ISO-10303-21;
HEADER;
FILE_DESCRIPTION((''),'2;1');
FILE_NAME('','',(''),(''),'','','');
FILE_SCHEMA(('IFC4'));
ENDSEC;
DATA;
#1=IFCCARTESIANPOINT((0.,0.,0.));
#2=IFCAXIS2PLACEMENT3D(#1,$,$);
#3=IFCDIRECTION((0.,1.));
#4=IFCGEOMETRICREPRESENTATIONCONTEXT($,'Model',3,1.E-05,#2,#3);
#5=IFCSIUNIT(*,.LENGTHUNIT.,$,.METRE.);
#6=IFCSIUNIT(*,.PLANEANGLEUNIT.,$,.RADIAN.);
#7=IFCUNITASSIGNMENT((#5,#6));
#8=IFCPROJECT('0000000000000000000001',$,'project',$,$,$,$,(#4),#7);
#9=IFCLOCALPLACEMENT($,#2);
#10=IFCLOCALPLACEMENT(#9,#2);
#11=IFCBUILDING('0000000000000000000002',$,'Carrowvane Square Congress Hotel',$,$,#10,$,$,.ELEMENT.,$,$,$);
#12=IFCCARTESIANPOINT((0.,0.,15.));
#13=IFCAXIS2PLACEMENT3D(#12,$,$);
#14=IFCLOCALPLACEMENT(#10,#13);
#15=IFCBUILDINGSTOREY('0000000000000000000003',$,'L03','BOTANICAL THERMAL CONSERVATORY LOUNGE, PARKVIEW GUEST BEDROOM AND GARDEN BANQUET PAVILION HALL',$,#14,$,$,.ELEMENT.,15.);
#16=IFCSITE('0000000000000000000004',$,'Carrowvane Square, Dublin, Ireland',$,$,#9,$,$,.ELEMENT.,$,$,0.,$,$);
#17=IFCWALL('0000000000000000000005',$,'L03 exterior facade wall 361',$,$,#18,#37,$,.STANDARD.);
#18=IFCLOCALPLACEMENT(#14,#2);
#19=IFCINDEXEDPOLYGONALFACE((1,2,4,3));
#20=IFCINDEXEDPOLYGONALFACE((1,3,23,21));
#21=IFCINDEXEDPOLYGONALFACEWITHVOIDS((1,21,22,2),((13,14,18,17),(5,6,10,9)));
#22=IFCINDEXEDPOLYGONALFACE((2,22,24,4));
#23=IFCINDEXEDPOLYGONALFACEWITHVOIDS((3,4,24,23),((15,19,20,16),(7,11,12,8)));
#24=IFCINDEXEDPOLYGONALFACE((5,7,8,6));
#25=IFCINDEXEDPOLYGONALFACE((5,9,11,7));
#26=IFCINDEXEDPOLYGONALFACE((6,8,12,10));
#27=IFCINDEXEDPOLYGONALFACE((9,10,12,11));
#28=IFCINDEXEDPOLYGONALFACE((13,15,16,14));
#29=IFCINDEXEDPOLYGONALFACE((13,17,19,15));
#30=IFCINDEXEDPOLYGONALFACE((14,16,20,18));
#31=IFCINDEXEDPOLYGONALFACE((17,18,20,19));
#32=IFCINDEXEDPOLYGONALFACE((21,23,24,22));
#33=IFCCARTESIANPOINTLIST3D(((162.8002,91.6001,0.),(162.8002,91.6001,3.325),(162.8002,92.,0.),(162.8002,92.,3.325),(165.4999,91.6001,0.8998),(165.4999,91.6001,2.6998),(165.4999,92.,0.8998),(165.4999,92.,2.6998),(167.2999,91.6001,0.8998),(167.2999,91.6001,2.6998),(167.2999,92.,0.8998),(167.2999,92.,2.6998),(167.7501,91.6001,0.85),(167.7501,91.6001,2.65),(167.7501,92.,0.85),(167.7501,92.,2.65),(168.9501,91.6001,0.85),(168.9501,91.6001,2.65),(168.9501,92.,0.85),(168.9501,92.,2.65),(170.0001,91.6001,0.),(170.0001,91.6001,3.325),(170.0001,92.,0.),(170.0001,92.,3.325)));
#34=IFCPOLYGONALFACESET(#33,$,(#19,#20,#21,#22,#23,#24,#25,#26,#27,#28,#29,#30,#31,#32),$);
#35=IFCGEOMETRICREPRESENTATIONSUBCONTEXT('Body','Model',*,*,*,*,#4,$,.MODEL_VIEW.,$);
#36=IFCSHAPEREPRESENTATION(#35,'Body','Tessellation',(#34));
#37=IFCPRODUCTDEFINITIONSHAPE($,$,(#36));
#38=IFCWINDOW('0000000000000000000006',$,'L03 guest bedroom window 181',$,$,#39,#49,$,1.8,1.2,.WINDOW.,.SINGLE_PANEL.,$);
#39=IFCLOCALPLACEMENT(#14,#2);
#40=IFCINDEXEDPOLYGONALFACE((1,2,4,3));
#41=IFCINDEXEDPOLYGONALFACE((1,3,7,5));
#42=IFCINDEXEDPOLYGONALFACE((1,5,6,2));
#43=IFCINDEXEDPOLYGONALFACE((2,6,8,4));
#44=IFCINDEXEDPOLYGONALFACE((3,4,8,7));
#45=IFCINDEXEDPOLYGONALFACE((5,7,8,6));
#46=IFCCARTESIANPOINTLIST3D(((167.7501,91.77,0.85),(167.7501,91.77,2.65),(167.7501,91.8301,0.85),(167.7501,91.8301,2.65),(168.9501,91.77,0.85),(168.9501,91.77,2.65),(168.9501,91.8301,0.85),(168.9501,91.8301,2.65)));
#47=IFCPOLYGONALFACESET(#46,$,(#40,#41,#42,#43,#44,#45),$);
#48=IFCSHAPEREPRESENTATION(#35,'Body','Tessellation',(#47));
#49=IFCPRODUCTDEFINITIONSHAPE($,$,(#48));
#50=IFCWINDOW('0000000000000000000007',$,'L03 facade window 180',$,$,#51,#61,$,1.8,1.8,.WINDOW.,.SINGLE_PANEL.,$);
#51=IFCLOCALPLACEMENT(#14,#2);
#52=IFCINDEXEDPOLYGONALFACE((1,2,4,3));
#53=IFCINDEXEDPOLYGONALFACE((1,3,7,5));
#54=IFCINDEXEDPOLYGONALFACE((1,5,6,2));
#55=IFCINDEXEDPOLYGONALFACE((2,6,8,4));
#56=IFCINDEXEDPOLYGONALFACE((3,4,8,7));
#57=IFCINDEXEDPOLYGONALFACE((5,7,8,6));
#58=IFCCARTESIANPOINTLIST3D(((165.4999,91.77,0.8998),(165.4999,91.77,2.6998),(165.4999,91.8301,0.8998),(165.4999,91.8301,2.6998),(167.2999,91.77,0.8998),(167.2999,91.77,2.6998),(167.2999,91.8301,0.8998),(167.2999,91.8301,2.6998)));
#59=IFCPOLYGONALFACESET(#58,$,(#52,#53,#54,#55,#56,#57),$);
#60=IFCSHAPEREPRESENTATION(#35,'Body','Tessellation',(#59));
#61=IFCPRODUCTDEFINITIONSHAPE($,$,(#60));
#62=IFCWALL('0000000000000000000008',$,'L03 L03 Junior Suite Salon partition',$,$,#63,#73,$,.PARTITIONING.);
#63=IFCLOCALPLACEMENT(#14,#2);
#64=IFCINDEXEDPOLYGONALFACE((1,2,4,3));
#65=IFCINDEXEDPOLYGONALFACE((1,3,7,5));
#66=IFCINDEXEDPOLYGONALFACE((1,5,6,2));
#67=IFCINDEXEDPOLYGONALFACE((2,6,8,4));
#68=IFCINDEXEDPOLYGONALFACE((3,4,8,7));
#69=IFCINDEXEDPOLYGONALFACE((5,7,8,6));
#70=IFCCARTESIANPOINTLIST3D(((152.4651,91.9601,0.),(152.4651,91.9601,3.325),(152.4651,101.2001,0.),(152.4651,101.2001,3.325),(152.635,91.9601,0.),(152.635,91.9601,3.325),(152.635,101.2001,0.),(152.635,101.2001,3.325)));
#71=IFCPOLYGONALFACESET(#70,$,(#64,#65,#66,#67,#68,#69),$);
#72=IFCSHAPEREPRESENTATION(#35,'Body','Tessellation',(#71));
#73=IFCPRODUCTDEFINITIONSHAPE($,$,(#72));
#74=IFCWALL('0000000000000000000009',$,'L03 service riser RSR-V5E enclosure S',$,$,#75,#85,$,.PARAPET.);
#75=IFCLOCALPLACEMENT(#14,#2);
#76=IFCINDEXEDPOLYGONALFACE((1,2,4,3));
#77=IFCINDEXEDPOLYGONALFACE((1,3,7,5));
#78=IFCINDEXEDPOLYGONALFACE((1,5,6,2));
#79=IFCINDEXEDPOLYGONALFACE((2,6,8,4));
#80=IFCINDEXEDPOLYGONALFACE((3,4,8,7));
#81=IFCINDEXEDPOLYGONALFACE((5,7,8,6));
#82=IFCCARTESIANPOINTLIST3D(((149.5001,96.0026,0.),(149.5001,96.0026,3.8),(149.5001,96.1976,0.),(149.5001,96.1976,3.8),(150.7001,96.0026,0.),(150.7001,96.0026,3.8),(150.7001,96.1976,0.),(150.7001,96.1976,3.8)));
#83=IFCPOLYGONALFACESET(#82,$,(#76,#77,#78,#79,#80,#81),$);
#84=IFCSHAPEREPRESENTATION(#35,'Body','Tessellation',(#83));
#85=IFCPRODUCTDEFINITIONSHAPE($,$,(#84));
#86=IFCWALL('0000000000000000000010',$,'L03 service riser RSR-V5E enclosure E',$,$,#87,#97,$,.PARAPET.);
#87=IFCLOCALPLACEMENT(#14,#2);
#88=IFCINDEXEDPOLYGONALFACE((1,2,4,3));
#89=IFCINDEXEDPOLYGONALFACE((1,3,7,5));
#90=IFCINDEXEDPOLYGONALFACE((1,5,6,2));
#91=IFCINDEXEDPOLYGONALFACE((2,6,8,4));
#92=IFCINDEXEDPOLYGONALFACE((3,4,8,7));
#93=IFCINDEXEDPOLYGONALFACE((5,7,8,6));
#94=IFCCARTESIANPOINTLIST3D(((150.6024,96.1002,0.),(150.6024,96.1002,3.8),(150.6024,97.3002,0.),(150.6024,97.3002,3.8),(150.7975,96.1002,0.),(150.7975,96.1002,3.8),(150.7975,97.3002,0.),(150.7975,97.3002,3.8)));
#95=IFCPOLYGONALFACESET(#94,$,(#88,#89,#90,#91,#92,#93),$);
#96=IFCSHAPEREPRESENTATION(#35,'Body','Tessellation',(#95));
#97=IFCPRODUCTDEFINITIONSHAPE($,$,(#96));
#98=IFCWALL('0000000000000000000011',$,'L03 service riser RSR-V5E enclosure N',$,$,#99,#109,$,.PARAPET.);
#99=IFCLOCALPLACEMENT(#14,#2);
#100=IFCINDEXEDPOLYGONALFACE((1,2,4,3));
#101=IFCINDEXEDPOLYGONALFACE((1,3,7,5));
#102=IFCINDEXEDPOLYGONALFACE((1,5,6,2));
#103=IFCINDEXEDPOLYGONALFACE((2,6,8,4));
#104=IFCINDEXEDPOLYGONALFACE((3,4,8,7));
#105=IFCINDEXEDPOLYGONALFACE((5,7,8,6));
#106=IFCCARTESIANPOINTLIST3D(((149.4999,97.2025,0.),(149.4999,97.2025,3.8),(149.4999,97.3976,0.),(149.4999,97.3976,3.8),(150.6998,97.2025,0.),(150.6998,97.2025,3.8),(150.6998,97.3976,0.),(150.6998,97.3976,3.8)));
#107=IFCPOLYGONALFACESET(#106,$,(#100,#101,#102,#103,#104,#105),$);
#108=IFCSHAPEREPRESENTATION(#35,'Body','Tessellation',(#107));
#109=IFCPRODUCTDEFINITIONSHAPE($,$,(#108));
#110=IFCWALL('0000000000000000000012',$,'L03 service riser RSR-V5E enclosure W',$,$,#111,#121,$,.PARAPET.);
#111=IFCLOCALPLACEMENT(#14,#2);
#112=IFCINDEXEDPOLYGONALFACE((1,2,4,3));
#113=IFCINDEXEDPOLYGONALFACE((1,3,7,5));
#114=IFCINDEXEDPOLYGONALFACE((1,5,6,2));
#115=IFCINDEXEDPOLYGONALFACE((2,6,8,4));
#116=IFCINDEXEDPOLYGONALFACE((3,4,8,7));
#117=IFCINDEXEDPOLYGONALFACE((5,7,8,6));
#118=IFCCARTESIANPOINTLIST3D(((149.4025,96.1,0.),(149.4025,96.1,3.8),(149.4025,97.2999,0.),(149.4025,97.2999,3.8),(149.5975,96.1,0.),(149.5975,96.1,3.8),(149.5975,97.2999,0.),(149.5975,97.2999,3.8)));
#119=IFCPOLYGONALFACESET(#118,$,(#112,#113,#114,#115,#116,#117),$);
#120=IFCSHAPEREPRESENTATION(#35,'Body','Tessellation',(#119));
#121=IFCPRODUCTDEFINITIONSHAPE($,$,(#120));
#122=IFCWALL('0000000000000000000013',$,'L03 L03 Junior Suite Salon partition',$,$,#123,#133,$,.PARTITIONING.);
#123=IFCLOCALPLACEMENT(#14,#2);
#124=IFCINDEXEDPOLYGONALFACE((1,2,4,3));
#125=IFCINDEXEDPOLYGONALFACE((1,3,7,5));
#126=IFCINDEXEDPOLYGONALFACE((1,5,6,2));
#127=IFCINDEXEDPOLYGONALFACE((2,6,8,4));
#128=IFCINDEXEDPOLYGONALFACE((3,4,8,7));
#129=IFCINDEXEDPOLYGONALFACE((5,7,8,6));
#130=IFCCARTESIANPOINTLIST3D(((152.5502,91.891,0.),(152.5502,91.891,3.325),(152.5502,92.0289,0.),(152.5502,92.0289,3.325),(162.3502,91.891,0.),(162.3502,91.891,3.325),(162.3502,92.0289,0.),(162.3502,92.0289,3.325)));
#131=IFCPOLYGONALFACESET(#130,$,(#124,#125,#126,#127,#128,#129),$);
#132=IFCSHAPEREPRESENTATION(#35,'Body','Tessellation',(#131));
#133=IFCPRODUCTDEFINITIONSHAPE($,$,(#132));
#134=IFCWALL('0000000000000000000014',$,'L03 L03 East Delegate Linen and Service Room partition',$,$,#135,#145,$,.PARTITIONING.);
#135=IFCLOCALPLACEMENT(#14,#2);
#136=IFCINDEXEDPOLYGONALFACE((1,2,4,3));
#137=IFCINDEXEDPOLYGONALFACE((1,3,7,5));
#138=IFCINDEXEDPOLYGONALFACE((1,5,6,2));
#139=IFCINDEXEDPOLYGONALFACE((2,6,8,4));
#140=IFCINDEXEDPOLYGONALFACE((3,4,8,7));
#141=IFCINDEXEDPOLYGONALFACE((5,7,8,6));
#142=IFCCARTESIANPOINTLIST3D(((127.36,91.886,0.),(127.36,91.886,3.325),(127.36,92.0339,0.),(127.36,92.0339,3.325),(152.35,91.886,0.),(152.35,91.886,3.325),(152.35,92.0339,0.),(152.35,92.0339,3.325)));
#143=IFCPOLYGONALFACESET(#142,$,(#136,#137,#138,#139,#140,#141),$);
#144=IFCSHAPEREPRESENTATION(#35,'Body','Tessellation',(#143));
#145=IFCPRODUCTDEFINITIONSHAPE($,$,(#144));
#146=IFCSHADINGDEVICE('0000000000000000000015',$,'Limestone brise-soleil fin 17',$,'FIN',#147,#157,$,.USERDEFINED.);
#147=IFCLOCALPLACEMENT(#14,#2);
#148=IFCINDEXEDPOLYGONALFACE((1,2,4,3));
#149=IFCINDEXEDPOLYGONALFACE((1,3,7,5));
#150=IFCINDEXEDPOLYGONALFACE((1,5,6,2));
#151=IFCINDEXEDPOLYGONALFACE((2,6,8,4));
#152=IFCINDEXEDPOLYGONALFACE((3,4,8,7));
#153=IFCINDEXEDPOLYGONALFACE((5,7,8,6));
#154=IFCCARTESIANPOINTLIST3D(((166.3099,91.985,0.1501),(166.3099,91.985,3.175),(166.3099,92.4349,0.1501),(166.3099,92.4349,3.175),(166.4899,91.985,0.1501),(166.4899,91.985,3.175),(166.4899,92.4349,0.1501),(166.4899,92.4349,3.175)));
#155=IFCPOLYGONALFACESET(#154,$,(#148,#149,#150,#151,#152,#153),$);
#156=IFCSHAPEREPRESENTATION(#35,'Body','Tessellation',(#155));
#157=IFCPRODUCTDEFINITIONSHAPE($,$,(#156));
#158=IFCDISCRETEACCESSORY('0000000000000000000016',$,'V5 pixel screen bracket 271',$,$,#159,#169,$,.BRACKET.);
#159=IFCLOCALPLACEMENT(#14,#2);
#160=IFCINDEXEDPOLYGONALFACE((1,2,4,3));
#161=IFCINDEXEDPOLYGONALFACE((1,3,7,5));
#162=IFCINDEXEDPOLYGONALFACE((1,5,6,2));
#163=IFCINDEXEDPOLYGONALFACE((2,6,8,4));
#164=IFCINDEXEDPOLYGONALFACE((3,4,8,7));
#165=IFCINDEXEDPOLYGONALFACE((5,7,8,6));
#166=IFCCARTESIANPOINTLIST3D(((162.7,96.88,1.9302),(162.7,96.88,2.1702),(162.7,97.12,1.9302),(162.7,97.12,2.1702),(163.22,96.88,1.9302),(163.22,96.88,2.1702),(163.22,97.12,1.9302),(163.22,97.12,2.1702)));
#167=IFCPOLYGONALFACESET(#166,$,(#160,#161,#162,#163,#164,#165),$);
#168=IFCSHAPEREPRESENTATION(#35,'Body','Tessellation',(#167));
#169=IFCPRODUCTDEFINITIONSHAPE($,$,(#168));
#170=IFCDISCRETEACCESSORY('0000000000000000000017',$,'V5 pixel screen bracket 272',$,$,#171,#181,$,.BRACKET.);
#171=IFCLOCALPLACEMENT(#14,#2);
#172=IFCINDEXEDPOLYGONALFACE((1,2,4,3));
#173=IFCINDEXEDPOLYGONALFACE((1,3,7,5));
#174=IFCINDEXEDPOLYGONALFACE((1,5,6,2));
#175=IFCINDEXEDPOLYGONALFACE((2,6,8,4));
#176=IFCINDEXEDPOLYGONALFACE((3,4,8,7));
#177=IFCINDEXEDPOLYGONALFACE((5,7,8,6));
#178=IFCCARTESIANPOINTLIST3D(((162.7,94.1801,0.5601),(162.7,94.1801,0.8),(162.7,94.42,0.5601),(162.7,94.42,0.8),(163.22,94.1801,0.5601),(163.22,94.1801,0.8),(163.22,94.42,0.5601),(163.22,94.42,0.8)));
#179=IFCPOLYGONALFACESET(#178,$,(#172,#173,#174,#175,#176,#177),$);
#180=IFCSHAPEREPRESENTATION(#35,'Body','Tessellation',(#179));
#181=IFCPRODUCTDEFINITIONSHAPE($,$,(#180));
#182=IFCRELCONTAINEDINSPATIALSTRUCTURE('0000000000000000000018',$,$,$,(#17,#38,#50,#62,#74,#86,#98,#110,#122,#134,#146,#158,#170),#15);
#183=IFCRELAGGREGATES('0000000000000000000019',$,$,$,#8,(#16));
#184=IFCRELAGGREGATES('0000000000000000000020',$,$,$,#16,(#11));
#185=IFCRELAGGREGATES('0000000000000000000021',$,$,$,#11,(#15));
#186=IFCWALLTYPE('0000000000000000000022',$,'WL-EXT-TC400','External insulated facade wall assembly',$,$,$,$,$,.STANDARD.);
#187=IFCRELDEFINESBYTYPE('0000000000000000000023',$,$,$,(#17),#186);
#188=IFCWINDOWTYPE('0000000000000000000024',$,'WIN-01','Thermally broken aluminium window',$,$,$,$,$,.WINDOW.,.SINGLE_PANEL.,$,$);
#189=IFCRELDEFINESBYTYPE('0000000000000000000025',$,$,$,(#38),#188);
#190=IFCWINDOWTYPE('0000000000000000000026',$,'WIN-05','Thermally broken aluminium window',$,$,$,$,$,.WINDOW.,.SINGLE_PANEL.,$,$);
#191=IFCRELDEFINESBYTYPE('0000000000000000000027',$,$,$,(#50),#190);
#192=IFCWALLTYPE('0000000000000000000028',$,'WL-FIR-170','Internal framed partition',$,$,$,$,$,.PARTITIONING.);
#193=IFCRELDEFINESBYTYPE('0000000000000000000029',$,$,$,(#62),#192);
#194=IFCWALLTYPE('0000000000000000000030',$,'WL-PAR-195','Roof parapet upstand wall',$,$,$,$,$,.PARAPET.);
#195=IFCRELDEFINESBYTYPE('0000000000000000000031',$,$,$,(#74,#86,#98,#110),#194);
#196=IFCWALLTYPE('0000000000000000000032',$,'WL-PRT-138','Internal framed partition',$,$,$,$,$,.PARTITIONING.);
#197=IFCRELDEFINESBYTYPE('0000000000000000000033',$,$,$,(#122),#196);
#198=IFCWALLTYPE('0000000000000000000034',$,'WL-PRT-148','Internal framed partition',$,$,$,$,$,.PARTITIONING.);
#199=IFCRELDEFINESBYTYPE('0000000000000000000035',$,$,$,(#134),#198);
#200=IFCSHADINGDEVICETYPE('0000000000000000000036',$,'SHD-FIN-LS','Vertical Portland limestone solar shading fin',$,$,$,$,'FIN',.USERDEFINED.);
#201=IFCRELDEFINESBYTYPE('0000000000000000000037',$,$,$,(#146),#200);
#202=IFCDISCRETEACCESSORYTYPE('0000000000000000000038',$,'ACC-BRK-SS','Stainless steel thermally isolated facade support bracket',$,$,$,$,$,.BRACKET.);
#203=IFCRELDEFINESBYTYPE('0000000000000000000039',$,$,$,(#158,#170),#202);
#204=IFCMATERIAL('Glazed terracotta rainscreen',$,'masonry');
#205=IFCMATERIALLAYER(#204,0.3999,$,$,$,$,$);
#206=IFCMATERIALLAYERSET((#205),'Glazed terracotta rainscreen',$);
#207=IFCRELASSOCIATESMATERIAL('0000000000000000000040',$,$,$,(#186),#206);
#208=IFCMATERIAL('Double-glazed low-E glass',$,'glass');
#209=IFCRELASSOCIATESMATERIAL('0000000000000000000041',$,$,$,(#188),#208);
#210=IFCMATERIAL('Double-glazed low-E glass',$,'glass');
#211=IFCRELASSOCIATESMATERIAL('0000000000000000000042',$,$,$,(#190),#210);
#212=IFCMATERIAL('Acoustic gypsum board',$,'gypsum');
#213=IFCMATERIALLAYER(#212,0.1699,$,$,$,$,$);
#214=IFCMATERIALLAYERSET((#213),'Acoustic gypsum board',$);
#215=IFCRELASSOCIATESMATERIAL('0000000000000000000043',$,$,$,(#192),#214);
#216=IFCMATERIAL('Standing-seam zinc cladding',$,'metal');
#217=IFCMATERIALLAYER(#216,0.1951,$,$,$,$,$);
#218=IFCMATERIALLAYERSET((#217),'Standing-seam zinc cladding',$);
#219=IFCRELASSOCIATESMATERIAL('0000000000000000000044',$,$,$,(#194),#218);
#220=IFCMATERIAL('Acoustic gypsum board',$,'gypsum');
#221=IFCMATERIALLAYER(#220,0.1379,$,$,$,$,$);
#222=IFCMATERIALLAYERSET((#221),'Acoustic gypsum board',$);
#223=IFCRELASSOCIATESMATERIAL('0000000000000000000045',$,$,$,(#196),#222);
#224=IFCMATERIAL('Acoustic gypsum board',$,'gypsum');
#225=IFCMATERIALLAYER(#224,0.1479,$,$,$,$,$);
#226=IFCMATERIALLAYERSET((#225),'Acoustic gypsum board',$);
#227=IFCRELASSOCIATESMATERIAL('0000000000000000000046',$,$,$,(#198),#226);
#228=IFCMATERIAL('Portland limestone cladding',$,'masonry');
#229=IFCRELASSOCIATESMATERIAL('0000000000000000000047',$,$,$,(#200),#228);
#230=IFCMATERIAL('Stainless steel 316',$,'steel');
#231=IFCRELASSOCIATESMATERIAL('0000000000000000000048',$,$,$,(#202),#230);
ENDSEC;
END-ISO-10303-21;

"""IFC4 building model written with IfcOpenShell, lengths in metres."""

from ifc_helpers import new_model, si_unit, direction, frame, frame_2d, origin, origin_2d, place, context, subcontext, project, spatial, rectangle, extrude, material, layer, layer_set, type_object, element, fill, save


model = new_model("IFC4")

# Units and contexts
model_context = context("Model", 3, precision=1e-05, world=origin(), true_north=direction((0.0, 1.0)))
body_context = subcontext(model_context, "Body", "Model", "MODEL_VIEW")
ifc_project = project(units=[si_unit("LENGTHUNIT", "METRE"), si_unit("PLANEANGLEUNIT", "RADIAN")], contexts=[model_context])

# Site, building, storey
site_placement = place(None, origin())
site = spatial("IfcSite", under=ifc_project, at=site_placement, Name="Carrowvane Square, Dublin, Ireland", CompositionType="ELEMENT", RefElevation=0.0)
building_placement = place(site_placement, origin())
building = spatial("IfcBuilding", under=site, at=building_placement, Name="Carrowvane Square Congress Hotel", CompositionType="ELEMENT")
storey_placement = place(building_placement, frame((0.0, 0.0, 15.0)))
storey = spatial("IfcBuildingStorey", under=building, at=storey_placement, Name="L03", Description="BOTANICAL THERMAL CONSERVATORY LOUNGE, PARKVIEW GUEST BEDROOM AND GARDEN BANQUET PAVILION HALL", CompositionType="ELEMENT", Elevation=15.0)

# Wall, openings, windows
ifc_material_1 = material(Name="Glazed terracotta rainscreen", Category="masonry")
ifc_layer_1 = layer(ifc_material_1, 0.3999)
ifc_layer_set_1 = layer_set([ifc_layer_1], Name="Glazed terracotta rainscreen")
wall_type_1 = type_object("IfcWallType", Name="WL-EXT-TC400", Description="External insulated facade wall assembly", PredefinedType="STANDARD", material=ifc_layer_set_1)
wall_1_placement = place(storey_placement, frame((162.8, 91.8, 0.0), z_axis=(0.0, 0.0, 1.0), x_axis=(1.0, 0.0, 0.0)))
wall_1 = element("IfcWall", 1, at=wall_1_placement, inside=storey, type_object=wall_type_1, Name="L03 exterior facade wall 361", PredefinedType="STANDARD", context=body_context, shape_type="SweptSolid", body=[
    extrude(rectangle(XDim=7.2, YDim=0.3999, at=frame_2d((3.6001, 0.0))), origin(), (0.0, 0.0, 1.0), 3.325),
])
opening_1_placement = place(wall_1_placement, frame((2.7, 0.0, 0.8999)))
opening_1 = element("IfcOpeningElement", 2, at=opening_1_placement, cuts=wall_1, PredefinedType="OPENING", context=body_context, shape_type="SweptSolid", body=[
    extrude(rectangle(XDim=1.8, YDim=1.8, at=frame_2d((0.8999, 0.8999))), frame((0.0, 0.21, 0.0), z_axis=(0.0, -1.0, 0.0), x_axis=(1.0, 0.0, 0.0)), (0.0, 0.0, 1.0), 0.4199),
])
opening_2_placement = place(wall_1_placement, frame((4.95, 0.0, 0.8501)))
opening_2 = element("IfcOpeningElement", 3, at=opening_2_placement, cuts=wall_1, PredefinedType="OPENING", context=body_context, shape_type="SweptSolid", body=[
    extrude(rectangle(XDim=1.2, YDim=1.8, at=frame_2d((0.6001, 0.8999))), frame((0.0, 0.21, 0.0), z_axis=(0.0, -1.0, 0.0), x_axis=(1.0, 0.0, 0.0)), (0.0, 0.0, 1.0), 0.4199),
])
ifc_material_2 = material(Name="Double-glazed low-E glass", Category="glass")
window_type_1 = type_object("IfcWindowType", Name="WIN-01", Description="Thermally broken aluminium window", PartitioningType="SINGLE_PANEL", PredefinedType="WINDOW", material=ifc_material_2)
window_1_placement = place(opening_2_placement, origin())
window_1 = element("IfcWindow", 4, at=window_1_placement, inside=storey, type_object=window_type_1, Name="L03 guest bedroom window 181", OverallHeight=1.8, OverallWidth=1.2, PartitioningType="SINGLE_PANEL", PredefinedType="WINDOW", context=body_context, shape_type="SweptSolid", body=[
    extrude(rectangle(XDim=1.2, YDim=1.8, at=frame_2d((0.6001, 0.8999))), frame((0.0, 0.03, 0.0), z_axis=(0.0, -1.0, 0.0), x_axis=(1.0, 0.0, 0.0)), (0.0, 0.0, 1.0), 0.0601),
])
fill(opening_2, window_1)
ifc_material_3 = material(Name="Double-glazed low-E glass", Category="glass")
window_type_2 = type_object("IfcWindowType", Name="WIN-05", Description="Thermally broken aluminium window", PartitioningType="SINGLE_PANEL", PredefinedType="WINDOW", material=ifc_material_3)
window_2_placement = place(opening_1_placement, origin())
window_2 = element("IfcWindow", 5, at=window_2_placement, inside=storey, type_object=window_type_2, Name="L03 facade window 180", OverallHeight=1.8, OverallWidth=1.8, PartitioningType="SINGLE_PANEL", PredefinedType="WINDOW", context=body_context, shape_type="SweptSolid", body=[
    extrude(rectangle(XDim=1.8, YDim=1.8, at=frame_2d((0.8999, 0.8999))), frame((0.0, 0.03, 0.0), z_axis=(0.0, -1.0, 0.0), x_axis=(1.0, 0.0, 0.0)), (0.0, 0.0, 1.0), 0.0601),
])
fill(opening_1, window_2)

# Walls
ifc_material_4 = material(Name="Acoustic gypsum board", Category="gypsum")
ifc_layer_2 = layer(ifc_material_4, 0.1699)
ifc_layer_set_2 = layer_set([ifc_layer_2], Name="Acoustic gypsum board")
wall_type_2 = type_object("IfcWallType", Name="WL-FIR-170", Description="Internal framed partition", PredefinedType="PARTITIONING", material=ifc_layer_set_2)
wall_2_placement = place(storey_placement, frame((152.55, 91.96, 0.0), z_axis=(0.0, 0.0, 1.0), x_axis=(0.0, 1.0, 0.0)))
element("IfcWall", 6, at=wall_2_placement, inside=storey, type_object=wall_type_2, Name="L03 L03 Junior Suite Salon partition", PredefinedType="PARTITIONING", context=body_context, shape_type="SweptSolid", body=[
    extrude(rectangle(XDim=9.24, YDim=0.1699, at=frame_2d((4.6201, 0.0))), origin(), (0.0, 0.0, 1.0), 3.325),
])
ifc_material_5 = material(Name="Standing-seam zinc cladding", Category="metal")
ifc_layer_3 = layer(ifc_material_5, 0.1951)
ifc_layer_set_3 = layer_set([ifc_layer_3], Name="Standing-seam zinc cladding")
wall_type_3 = type_object("IfcWallType", Name="WL-PAR-195", Description="Roof parapet upstand wall", PredefinedType="PARAPET", material=ifc_layer_set_3)
for number, where, z_axis, x_axis, name in (
    (7, (149.5, 96.1001, 0.0), (0.0, 0.0, 1.0), (1.0, 0.0, 0.0), "L03 service riser RSR-V5E enclosure S"),
    (8, (150.7, 96.1001, 0.0), (0.0, 0.0, 1.0), (0.0, 1.0, 0.0), "L03 service riser RSR-V5E enclosure E"),
    (9, (150.7, 97.3, 0.0), (0.0, 0.0, 1.0), (-1.0, 0.0, 0.0), "L03 service riser RSR-V5E enclosure N"),
    (10, (149.5, 97.3, 0.0), (0.0, 0.0, 1.0), (0.0, -1.0, 0.0), "L03 service riser RSR-V5E enclosure W"),
):
    element("IfcWall", number, at=place(storey_placement, frame(where, z_axis=z_axis, x_axis=x_axis)), inside=storey, type_object=wall_type_3, Name=name, PredefinedType="PARAPET", context=body_context, shape_type="SweptSolid", body=[
        extrude(rectangle(XDim=1.2, YDim=0.1951, at=frame_2d((0.6001, 0.0))), origin(), (0.0, 0.0, 1.0), 3.8),
    ])
ifc_material_6 = material(Name="Acoustic gypsum board", Category="gypsum")
ifc_layer_4 = layer(ifc_material_6, 0.1379)
ifc_layer_set_4 = layer_set([ifc_layer_4], Name="Acoustic gypsum board")
wall_type_4 = type_object("IfcWallType", Name="WL-PRT-138", Description="Internal framed partition", PredefinedType="PARTITIONING", material=ifc_layer_set_4)
wall_3_placement = place(storey_placement, frame((162.3501, 91.96, 0.0), z_axis=(0.0, 0.0, 1.0), x_axis=(-1.0, 0.0, 0.0)))
element("IfcWall", 11, at=wall_3_placement, inside=storey, type_object=wall_type_4, Name="L03 L03 Junior Suite Salon partition", PredefinedType="PARTITIONING", context=body_context, shape_type="SweptSolid", body=[
    extrude(rectangle(XDim=9.8, YDim=0.1379, at=frame_2d((4.8999, 0.0))), origin(), (0.0, 0.0, 1.0), 3.325),
])
ifc_material_7 = material(Name="Acoustic gypsum board", Category="gypsum")
ifc_layer_5 = layer(ifc_material_7, 0.1479)
ifc_layer_set_5 = layer_set([ifc_layer_5], Name="Acoustic gypsum board")
wall_type_5 = type_object("IfcWallType", Name="WL-PRT-148", Description="Internal framed partition", PredefinedType="PARTITIONING", material=ifc_layer_set_5)
wall_4_placement = place(storey_placement, frame((152.3501, 91.96, 0.0), z_axis=(0.0, 0.0, 1.0), x_axis=(-1.0, 0.0, 0.0)))
element("IfcWall", 12, at=wall_4_placement, inside=storey, type_object=wall_type_5, Name="L03 L03 East Delegate Linen and Service Room partition", PredefinedType="PARTITIONING", context=body_context, shape_type="SweptSolid", body=[
    extrude(rectangle(XDim=24.99, YDim=0.1479, at=frame_2d((12.4951, 0.0))), origin(), (0.0, 0.0, 1.0), 3.325),
])

# Shading device
ifc_material_8 = material(Name="Portland limestone cladding", Category="masonry")
shading_device_type = type_object("IfcShadingDeviceType", Name="SHD-FIN-LS", Description="Vertical Portland limestone solar shading fin", ElementType="FIN", PredefinedType="USERDEFINED", material=ifc_material_8)
shading_device_placement = place(storey_placement, frame((166.3999, 92.21, 0.1501), z_axis=(0.0, 0.0, 1.0), x_axis=(1.0, 0.0, 0.0)))
element("IfcShadingDevice", 13, at=shading_device_placement, inside=storey, type_object=shading_device_type, Name="Limestone brise-soleil fin 17", ObjectType="FIN", PredefinedType="USERDEFINED", context=body_context, shape_type="SweptSolid", body=[
    extrude(rectangle(XDim=0.1799, YDim=0.45, at=origin_2d()), origin(), (0.0, 0.0, 1.0), 3.0249),
])

# Discrete accessories
ifc_material_9 = material(Name="Stainless steel 316", Category="steel")
discrete_accessory_type = type_object("IfcDiscreteAccessoryType", Name="ACC-BRK-SS", Description="Stainless steel thermally isolated facade support bracket", PredefinedType="BRACKET", material=ifc_material_9)
for number, where, z_axis, x_axis, name in (
    (14, (162.96, 97.0, 1.9302), (0.0, 0.0, 1.0), (0.0, -1.0, 0.0), "V5 pixel screen bracket 271"),
    (15, (162.96, 94.3, 0.5601), (0.0, 0.0, 1.0), (0.0, -1.0, 0.0), "V5 pixel screen bracket 272"),
):
    element("IfcDiscreteAccessory", number, at=place(storey_placement, frame(where, z_axis=z_axis, x_axis=x_axis)), inside=storey, type_object=discrete_accessory_type, Name=name, PredefinedType="BRACKET", context=body_context, shape_type="SweptSolid", body=[
        extrude(rectangle(XDim=0.24, YDim=0.52, at=origin_2d()), origin(), (0.0, 0.0, 1.0), 0.24),
    ])

save(model, "model.ifc")
